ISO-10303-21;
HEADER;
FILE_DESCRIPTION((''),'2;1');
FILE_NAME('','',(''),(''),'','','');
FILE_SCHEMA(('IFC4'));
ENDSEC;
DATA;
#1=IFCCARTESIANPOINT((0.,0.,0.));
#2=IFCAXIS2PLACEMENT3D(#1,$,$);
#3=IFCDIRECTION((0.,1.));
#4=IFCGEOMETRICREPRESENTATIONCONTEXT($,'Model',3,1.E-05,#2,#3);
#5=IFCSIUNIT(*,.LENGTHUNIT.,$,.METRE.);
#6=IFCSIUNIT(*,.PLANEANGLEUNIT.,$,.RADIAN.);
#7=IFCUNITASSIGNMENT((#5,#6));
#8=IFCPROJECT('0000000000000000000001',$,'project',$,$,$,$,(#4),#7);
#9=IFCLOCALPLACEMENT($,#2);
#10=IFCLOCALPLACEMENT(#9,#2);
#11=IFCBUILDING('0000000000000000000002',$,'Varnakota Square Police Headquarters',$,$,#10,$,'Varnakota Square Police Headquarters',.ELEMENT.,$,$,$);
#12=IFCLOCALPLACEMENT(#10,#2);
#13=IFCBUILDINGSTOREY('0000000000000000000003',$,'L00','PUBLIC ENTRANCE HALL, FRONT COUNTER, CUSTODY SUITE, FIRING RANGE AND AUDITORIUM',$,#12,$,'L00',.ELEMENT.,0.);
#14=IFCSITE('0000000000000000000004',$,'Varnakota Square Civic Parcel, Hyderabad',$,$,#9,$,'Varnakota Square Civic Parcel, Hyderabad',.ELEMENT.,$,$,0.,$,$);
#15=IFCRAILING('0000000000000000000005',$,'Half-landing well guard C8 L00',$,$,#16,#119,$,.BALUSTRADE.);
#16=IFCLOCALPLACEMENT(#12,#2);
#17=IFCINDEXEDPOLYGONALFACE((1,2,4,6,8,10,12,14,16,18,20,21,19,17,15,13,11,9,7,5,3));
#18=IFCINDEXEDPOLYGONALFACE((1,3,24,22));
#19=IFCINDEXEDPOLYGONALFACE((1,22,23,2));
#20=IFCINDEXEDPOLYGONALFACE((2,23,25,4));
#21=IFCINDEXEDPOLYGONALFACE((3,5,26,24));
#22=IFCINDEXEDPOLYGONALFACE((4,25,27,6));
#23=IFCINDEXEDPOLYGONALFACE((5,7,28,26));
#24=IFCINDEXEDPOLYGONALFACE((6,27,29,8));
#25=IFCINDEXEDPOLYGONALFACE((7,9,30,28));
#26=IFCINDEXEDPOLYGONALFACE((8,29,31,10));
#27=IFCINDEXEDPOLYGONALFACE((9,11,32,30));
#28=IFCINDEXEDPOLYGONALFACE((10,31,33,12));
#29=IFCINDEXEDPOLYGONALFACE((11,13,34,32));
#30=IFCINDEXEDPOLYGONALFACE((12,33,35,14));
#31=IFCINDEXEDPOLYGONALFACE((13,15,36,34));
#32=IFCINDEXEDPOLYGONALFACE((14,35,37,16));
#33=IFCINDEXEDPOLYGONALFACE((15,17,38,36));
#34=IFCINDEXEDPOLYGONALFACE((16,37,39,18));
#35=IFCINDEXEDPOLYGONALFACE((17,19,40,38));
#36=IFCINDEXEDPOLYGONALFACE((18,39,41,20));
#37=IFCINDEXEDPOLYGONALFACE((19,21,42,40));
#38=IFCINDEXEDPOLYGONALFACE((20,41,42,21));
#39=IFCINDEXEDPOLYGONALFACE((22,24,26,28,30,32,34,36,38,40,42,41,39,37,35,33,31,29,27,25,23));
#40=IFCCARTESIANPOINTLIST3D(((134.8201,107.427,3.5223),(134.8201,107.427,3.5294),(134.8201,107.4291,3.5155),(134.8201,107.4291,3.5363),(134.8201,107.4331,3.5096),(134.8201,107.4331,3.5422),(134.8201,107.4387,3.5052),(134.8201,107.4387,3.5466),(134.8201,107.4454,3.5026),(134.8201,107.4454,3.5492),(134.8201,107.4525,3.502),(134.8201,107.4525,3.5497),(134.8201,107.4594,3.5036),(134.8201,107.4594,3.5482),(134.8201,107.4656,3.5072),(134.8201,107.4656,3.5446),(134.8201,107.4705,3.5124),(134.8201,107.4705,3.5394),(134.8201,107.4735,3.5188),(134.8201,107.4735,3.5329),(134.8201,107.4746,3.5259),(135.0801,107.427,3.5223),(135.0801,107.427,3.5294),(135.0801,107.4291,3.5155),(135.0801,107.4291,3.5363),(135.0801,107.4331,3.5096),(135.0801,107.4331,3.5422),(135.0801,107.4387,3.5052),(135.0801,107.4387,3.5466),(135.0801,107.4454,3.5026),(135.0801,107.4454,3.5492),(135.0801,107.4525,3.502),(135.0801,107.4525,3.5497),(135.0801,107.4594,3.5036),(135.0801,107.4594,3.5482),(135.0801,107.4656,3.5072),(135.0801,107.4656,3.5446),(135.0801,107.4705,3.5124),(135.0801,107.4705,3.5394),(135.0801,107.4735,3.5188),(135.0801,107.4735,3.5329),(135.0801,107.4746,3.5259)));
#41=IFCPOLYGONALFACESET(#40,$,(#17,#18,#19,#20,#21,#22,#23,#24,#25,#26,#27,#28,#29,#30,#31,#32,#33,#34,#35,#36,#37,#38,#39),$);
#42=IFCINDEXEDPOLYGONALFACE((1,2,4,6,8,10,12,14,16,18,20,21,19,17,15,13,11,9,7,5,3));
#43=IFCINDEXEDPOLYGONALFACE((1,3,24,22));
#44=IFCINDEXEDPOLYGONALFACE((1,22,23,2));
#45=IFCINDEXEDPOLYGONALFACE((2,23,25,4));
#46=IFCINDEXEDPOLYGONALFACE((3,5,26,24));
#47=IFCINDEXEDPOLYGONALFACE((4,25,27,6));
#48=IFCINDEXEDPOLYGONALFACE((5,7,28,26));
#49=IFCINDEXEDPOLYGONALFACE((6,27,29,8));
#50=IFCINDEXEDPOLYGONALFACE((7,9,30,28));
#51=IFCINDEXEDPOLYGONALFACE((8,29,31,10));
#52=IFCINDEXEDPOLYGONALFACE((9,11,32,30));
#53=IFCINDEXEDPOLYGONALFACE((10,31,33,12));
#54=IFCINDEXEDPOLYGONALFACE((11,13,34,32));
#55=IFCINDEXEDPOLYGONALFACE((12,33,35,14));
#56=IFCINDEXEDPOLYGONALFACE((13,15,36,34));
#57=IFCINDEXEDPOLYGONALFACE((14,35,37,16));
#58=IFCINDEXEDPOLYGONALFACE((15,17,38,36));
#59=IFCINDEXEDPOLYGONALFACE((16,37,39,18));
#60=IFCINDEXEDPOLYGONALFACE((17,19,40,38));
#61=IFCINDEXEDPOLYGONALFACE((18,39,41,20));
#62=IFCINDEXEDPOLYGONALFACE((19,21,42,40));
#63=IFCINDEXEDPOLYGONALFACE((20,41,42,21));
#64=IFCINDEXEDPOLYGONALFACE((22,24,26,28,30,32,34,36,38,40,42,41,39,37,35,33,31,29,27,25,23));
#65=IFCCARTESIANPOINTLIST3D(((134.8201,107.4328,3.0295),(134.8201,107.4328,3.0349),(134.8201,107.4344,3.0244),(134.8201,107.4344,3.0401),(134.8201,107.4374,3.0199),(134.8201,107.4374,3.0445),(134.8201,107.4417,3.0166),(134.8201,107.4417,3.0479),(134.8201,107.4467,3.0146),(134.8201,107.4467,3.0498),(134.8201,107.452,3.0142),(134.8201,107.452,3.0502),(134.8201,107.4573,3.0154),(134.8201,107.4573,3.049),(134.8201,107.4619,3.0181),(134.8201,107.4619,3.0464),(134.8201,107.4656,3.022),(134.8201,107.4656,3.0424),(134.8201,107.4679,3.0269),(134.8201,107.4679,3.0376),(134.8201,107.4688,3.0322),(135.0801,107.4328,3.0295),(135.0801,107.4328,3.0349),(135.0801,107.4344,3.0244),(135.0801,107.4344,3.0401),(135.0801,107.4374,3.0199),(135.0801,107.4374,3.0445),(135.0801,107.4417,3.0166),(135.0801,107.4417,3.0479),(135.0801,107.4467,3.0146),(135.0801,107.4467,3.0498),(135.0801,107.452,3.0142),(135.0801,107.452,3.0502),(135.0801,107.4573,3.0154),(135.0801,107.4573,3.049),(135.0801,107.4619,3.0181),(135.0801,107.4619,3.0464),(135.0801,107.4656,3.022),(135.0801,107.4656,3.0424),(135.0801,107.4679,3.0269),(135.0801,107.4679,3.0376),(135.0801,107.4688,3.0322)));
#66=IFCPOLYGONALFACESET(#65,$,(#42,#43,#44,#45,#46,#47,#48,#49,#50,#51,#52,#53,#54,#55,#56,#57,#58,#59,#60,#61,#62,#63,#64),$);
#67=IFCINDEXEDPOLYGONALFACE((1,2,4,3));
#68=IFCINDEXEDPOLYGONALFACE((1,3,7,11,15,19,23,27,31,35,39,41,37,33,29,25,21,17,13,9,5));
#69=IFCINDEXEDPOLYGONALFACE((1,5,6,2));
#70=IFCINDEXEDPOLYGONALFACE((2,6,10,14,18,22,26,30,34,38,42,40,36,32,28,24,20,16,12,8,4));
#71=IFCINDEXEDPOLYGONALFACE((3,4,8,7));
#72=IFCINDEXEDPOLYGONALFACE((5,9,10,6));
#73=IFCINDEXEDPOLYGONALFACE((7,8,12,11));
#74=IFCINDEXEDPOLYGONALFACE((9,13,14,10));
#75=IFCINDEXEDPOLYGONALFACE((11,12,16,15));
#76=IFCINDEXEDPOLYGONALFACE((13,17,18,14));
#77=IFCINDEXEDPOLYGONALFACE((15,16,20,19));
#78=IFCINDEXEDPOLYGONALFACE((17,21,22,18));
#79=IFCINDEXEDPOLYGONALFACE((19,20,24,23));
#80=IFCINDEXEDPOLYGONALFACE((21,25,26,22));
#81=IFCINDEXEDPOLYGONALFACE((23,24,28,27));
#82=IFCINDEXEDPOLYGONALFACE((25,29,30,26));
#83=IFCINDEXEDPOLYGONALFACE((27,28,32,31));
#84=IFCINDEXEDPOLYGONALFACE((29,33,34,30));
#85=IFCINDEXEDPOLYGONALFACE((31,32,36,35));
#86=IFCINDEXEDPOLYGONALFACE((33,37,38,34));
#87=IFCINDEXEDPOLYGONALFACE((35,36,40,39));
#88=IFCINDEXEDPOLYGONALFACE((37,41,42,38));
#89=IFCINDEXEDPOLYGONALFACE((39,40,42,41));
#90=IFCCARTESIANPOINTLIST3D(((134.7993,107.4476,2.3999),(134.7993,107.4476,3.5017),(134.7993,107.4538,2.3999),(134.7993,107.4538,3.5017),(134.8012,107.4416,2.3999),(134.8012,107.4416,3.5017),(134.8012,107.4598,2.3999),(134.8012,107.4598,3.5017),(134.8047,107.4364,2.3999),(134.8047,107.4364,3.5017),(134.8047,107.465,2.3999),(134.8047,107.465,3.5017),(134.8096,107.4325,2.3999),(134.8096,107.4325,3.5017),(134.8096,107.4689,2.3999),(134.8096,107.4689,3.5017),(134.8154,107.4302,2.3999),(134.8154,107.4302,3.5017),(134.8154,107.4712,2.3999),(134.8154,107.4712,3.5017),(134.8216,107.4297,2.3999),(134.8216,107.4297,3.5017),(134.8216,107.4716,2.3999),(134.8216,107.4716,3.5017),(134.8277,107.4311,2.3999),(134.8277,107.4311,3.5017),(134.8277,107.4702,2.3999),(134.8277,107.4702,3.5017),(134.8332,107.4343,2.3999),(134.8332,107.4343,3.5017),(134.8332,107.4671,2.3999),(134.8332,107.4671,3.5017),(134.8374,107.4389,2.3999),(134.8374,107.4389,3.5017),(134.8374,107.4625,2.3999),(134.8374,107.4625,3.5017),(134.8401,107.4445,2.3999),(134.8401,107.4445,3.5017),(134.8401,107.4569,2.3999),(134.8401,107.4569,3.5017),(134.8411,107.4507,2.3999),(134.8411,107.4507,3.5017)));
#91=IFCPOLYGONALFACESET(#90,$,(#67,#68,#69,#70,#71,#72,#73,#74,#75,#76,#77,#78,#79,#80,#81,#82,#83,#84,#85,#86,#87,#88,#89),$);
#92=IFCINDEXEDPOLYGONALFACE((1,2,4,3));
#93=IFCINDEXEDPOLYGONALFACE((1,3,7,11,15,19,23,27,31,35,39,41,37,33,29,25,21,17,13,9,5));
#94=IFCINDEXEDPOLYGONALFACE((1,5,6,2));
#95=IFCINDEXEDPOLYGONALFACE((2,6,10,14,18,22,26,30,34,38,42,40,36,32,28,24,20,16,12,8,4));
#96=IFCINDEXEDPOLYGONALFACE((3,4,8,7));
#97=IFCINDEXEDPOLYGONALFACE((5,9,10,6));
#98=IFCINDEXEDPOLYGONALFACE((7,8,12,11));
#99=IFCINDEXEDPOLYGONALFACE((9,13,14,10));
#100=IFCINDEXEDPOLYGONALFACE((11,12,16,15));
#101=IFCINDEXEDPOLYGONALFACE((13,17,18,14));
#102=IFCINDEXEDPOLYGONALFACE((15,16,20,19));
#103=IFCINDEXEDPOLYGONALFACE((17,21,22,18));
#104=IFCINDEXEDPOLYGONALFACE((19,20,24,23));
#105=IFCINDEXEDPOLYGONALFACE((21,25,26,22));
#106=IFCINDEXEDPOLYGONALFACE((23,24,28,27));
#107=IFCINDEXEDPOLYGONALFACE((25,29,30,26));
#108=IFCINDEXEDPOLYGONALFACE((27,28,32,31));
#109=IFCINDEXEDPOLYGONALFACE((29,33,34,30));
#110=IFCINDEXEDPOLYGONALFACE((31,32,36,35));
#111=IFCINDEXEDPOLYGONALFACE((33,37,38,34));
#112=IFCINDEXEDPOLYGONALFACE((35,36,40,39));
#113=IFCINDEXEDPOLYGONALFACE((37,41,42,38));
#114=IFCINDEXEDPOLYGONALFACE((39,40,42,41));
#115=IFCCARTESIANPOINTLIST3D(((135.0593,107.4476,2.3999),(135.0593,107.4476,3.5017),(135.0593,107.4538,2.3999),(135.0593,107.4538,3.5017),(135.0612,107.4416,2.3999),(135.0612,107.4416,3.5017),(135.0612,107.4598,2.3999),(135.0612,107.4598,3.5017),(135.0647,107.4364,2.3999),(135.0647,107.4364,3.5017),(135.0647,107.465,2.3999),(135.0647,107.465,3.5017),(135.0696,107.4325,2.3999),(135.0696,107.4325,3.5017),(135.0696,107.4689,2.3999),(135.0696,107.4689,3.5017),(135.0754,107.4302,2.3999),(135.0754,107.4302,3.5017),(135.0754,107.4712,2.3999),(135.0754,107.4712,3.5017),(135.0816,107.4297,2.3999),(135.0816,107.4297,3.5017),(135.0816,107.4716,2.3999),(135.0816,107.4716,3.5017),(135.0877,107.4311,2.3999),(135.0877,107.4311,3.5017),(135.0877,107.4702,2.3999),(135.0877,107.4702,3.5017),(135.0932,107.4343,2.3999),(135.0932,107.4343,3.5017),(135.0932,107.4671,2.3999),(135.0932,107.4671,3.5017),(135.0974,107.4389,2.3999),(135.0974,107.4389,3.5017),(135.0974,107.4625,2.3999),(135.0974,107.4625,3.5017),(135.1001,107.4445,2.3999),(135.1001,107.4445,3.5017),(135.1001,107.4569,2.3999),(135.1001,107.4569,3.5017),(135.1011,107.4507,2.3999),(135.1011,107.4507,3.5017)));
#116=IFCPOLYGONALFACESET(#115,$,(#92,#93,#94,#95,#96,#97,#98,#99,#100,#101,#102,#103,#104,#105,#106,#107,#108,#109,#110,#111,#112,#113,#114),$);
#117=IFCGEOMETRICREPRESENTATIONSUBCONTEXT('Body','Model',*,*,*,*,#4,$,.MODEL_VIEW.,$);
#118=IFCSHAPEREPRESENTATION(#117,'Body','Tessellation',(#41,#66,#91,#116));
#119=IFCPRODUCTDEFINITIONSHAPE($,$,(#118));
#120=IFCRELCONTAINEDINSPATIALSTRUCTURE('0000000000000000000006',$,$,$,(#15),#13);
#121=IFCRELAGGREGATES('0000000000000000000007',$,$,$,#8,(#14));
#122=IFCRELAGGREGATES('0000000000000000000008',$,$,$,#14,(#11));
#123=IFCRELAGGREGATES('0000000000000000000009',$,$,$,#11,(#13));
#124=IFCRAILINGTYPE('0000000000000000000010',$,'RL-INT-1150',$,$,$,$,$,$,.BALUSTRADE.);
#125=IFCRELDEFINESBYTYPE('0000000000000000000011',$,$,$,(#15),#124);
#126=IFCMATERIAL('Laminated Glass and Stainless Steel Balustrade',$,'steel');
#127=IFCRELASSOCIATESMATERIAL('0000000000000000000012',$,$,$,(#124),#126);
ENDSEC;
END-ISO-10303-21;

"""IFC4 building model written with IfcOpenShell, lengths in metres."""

from ifc_helpers import new_model, si_unit, direction, frame, origin, origin_2d, place, context, subcontext, project, spatial, circle, extrude, material, type_object, element, save


model = new_model("IFC4")

# Units and contexts
model_context = context("Model", 3, precision=1e-05, world=origin(), true_north=direction((0.0, 1.0)))
body_context = subcontext(model_context, "Body", "Model", "MODEL_VIEW")
ifc_project = project(units=[si_unit("LENGTHUNIT", "METRE"), si_unit("PLANEANGLEUNIT", "RADIAN")], contexts=[model_context])

# Site, building, storey
site_placement = place(None, origin())
site = spatial("IfcSite", under=ifc_project, at=site_placement, Name="Varnakota Square Civic Parcel, Hyderabad", LongName="Varnakota Square Civic Parcel, Hyderabad", CompositionType="ELEMENT", RefElevation=0.0)
building_placement = place(site_placement, origin())
building = spatial("IfcBuilding", under=site, at=building_placement, Name="Varnakota Square Police Headquarters", LongName="Varnakota Square Police Headquarters", CompositionType="ELEMENT")
storey_placement = place(building_placement, origin())
storey = spatial("IfcBuildingStorey", under=building, at=storey_placement, Name="L00", Description="PUBLIC ENTRANCE HALL, FRONT COUNTER, CUSTODY SUITE, FIRING RANGE AND AUDITORIUM", LongName="L00", CompositionType="ELEMENT", Elevation=0.0)

# Railing
ifc_material_1 = material(Name="Laminated Glass and Stainless Steel Balustrade", Category="steel")
railing_type_1 = type_object("IfcRailingType", Name="RL-INT-1150", PredefinedType="BALUSTRADE", material=ifc_material_1)
railing_1_placement = place(storey_placement, frame((134.8201, 107.4507, 2.3999)))
element("IfcRailing", 1, at=railing_1_placement, inside=storey, type_object=railing_type_1, Name="Half-landing well guard C8 L00", PredefinedType="BALUSTRADE", context=body_context, shape_type="SweptSolid", body=[
    extrude(circle(Radius=0.0239, at=origin_2d()), frame((0.0, 0.0, 1.126), z_axis=(1.0, 0.0, 0.0), x_axis=(0.0, 1.0, 0.0)), (0.0, 0.0, 1.0), 0.26),
    extrude(circle(Radius=0.0181, at=origin_2d()), frame((0.0, 0.0, 0.6323), z_axis=(1.0, 0.0, 0.0), x_axis=(0.0, 1.0, 0.0)), (0.0, 0.0, 1.0), 0.26),
    extrude(circle(Radius=0.021, at=origin_2d()), origin(), (0.0, 0.0, 1.0), 1.1018),
    extrude(circle(Radius=0.021, at=origin_2d()), frame((0.26, 0.0, 0.0)), (0.0, 0.0, 1.0), 1.1018),
])

save(model, "model.ifc")
